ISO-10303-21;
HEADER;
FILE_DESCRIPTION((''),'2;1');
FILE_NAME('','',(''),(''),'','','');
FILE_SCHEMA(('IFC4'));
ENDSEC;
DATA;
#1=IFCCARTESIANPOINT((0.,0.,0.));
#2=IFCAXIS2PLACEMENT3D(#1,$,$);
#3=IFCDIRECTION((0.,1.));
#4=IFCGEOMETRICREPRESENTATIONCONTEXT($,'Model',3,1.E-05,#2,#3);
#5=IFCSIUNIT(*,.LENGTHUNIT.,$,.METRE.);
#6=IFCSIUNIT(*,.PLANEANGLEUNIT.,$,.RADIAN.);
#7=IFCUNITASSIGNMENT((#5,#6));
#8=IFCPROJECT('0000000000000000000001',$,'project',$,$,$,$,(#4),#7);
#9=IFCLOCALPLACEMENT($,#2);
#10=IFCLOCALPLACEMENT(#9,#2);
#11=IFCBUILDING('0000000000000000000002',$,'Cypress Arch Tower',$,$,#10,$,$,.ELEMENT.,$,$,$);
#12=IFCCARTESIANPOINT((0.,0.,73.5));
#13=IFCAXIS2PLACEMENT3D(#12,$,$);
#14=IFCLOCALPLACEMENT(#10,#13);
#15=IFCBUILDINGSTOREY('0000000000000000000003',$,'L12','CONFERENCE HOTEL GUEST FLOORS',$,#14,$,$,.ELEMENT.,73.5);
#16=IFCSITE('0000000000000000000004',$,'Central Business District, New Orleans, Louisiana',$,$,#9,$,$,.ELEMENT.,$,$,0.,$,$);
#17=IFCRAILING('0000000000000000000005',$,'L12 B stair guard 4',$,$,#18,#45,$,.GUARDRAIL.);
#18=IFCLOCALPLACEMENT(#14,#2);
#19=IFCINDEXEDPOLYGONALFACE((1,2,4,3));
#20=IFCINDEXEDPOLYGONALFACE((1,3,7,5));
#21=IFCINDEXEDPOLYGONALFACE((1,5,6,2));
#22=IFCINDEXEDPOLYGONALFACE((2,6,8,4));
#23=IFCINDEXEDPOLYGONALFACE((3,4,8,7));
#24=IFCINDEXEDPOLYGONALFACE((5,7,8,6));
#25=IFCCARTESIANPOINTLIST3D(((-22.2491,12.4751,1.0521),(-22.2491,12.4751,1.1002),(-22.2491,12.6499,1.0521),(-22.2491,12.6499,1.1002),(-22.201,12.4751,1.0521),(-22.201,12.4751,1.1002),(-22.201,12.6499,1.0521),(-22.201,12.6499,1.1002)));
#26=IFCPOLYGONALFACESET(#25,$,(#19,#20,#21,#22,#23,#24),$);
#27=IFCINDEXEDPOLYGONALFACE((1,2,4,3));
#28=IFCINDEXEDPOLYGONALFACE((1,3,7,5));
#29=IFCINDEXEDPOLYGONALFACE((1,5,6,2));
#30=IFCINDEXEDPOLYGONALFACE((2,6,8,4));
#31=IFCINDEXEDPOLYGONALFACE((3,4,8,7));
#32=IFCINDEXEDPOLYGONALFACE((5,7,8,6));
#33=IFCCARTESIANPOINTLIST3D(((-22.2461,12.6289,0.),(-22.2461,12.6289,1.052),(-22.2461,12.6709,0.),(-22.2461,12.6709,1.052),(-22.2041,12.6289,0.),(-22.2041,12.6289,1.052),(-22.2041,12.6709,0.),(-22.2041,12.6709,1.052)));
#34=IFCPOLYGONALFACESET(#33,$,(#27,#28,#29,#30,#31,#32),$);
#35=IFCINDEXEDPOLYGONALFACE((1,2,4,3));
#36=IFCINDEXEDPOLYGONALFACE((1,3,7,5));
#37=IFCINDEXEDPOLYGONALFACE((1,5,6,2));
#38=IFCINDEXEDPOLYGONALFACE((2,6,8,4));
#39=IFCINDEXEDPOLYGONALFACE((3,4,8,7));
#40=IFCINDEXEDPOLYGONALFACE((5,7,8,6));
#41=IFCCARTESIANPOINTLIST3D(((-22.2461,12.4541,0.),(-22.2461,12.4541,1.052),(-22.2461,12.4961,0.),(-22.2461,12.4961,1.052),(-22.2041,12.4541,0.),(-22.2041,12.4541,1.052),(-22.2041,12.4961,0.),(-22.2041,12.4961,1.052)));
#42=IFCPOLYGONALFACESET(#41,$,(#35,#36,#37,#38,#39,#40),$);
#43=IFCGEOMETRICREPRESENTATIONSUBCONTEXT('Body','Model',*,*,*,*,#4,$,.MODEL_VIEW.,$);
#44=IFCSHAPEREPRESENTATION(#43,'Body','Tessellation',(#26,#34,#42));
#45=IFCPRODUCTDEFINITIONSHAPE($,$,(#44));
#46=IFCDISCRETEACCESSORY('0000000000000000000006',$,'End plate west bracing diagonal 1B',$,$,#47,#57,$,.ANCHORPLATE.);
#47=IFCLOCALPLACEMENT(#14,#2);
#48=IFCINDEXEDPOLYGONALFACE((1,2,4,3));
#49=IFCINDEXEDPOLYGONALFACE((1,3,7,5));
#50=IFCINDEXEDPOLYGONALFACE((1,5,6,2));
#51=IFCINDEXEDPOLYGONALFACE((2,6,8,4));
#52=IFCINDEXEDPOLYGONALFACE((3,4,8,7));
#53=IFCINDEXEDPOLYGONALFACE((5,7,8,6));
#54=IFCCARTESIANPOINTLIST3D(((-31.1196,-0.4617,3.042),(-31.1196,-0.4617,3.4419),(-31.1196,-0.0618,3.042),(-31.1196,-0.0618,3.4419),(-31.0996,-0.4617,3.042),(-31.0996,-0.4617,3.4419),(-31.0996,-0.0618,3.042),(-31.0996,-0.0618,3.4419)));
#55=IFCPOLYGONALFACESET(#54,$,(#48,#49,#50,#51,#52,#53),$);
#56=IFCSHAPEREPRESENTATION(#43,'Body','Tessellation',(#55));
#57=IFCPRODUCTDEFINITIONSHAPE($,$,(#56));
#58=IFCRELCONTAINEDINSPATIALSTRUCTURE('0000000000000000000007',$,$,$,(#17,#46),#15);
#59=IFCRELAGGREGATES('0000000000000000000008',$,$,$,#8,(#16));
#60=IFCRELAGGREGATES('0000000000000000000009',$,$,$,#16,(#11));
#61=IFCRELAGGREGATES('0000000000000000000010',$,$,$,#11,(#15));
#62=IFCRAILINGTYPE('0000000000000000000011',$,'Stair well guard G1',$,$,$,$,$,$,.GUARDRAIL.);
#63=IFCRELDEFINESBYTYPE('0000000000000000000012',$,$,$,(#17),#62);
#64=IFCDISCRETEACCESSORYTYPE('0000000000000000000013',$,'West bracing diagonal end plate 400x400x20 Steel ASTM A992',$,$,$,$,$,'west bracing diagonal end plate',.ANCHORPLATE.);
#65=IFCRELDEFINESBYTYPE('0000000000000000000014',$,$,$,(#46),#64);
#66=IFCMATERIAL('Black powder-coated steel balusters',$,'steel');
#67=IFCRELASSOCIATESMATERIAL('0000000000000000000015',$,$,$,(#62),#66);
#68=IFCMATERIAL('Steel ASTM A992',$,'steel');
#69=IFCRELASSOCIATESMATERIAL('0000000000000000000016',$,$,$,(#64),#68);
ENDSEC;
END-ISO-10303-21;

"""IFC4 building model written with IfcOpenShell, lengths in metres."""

from ifc_helpers import new_model, si_unit, direction, frame, origin, origin_2d, place, context, subcontext, project, spatial, rectangle, extrude, material, material_profile, profile_set, type_object, element, save


model = new_model("IFC4")

# Units and contexts
model_context = context("Model", 3, precision=1e-05, world=origin(), true_north=direction((0.0, 1.0)))
body_context = subcontext(model_context, "Body", "Model", "MODEL_VIEW")
ifc_project = project(units=[si_unit("LENGTHUNIT", "METRE"), si_unit("PLANEANGLEUNIT", "RADIAN")], contexts=[model_context])

# Site, building, storey
site_placement = place(None, origin())
site = spatial("IfcSite", under=ifc_project, at=site_placement, Name="Central Business District, New Orleans, Louisiana", CompositionType="ELEMENT", RefElevation=0.0)
building_placement = place(site_placement, origin())
building = spatial("IfcBuilding", under=site, at=building_placement, Name="Cypress Arch Tower", CompositionType="ELEMENT")
storey_placement = place(building_placement, frame((0.0, 0.0, 73.5)))
storey = spatial("IfcBuildingStorey", under=building, at=storey_placement, Name="L12", Description="CONFERENCE HOTEL GUEST FLOORS", CompositionType="ELEMENT", Elevation=73.5)

# Railing
ifc_material_1 = material(Name="Black powder-coated steel balusters", Category="steel")
railing_type_1 = type_object("IfcRailingType", Name="Stair well guard G1", PredefinedType="GUARDRAIL", material=ifc_material_1)
railing_1_placement = place(storey_placement, frame((-22.2251, 12.6499, 0.0)))
element("IfcRailing", 1, at=railing_1_placement, inside=storey, type_object=railing_type_1, Name="L12 B stair guard 4", PredefinedType="GUARDRAIL", context=body_context, shape_type="SweptSolid", body=[
    extrude(rectangle(XDim=0.0481, YDim=0.0481, at=origin_2d()), frame((0.0, 0.0, 1.0762), z_axis=(0.0, -1.0, 0.0), x_axis=(1.0, 0.0, 0.0)), (0.0, 0.0, 1.0), 0.1748),
    extrude(rectangle(XDim=0.042, YDim=0.042, at=origin_2d()), origin(), (0.0, 0.0, 1.0), 1.052),
    extrude(rectangle(XDim=0.042, YDim=0.042, at=origin_2d()), frame((0.0, -0.1748, 0.0)), (0.0, 0.0, 1.0), 1.052),
])

# Discrete accessory
ifc_material_2 = material(Name="Steel ASTM A992", Category="steel")
ifc_material_profile_1 = material_profile(ifc_material_2, rectangle(XDim=0.3999, YDim=0.3999, at=origin_2d()), Name="PL 20 400x400")
ifc_profile_set_1 = profile_set([ifc_material_profile_1], Name="Steel ASTM A992")
discrete_accessory_type = type_object("IfcDiscreteAccessoryType", Name="West bracing diagonal end plate 400x400x20 Steel ASTM A992", ElementType="west bracing diagonal end plate", PredefinedType="ANCHORPLATE", material=ifc_profile_set_1)
discrete_accessory_placement = place(storey_placement, frame((-31.0996, -0.2617, 3.2419), z_axis=(-1.0, 0.0, 0.0), x_axis=(0.0, -1.0, 0.0)))
element("IfcDiscreteAccessory", 2, at=discrete_accessory_placement, inside=storey, type_object=discrete_accessory_type, Name="End plate west bracing diagonal 1B", PredefinedType="ANCHORPLATE", context=body_context, shape_type="SweptSolid", body=[
    extrude(rectangle(XDim=0.3999, YDim=0.3999, at=origin_2d()), origin(), (0.0, 0.0, 1.0), 0.02),
])

save(model, "model.ifc")
